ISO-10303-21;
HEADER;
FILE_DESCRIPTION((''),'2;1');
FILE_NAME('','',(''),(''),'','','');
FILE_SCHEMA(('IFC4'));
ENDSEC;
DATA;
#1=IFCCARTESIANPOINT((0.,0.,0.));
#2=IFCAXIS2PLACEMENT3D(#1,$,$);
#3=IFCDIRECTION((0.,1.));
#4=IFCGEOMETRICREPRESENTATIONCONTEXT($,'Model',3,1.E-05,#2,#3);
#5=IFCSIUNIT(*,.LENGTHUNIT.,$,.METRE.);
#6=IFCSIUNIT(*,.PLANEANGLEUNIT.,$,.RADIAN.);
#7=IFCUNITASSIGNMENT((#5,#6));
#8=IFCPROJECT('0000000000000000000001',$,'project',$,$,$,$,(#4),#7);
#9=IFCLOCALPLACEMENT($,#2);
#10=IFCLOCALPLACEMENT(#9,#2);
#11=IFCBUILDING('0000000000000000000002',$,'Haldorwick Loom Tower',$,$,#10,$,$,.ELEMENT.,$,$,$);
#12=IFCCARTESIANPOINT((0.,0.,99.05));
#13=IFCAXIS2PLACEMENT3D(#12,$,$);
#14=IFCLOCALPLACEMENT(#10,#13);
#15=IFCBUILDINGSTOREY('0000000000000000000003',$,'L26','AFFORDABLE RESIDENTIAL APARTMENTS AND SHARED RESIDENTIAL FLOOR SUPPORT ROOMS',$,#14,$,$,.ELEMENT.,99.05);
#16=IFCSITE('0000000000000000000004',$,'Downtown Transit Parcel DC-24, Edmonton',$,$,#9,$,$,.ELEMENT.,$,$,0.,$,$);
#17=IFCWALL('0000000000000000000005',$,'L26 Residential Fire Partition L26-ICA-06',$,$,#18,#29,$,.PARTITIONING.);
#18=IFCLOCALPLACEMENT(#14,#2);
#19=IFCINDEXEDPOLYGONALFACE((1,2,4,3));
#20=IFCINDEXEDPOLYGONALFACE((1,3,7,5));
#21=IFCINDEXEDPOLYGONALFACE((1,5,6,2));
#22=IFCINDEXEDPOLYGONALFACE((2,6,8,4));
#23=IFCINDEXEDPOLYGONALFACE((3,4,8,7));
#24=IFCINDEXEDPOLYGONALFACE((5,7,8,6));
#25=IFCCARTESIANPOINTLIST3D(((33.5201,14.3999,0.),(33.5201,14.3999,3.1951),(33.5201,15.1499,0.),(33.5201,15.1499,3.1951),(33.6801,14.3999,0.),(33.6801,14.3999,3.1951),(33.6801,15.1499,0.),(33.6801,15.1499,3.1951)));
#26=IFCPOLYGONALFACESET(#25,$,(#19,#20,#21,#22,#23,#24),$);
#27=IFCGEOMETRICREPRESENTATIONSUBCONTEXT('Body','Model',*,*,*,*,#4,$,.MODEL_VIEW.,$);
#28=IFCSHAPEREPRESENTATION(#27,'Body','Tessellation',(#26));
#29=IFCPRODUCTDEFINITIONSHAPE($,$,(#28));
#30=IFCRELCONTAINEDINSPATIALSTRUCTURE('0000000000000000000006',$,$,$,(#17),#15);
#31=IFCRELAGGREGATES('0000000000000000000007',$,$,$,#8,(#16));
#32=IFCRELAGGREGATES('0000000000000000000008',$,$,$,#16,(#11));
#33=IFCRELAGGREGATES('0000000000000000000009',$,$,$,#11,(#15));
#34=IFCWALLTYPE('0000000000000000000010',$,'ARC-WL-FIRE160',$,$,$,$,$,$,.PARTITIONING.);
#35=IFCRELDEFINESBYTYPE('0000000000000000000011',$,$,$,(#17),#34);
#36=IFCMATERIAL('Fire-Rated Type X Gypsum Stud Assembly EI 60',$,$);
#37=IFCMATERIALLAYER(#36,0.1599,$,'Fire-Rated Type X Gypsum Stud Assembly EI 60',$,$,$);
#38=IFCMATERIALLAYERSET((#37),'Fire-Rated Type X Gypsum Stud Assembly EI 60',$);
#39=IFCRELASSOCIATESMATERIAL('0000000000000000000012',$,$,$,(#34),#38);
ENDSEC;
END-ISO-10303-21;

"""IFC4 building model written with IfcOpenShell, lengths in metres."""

from ifc_helpers import new_model, si_unit, direction, frame, frame_2d, origin, place, context, subcontext, project, spatial, rectangle, extrude, material, layer, layer_set, type_object, element, save


model = new_model("IFC4")

# Units and contexts
model_context = context("Model", 3, precision=1e-05, world=origin(), true_north=direction((0.0, 1.0)))
body_context = subcontext(model_context, "Body", "Model", "MODEL_VIEW")
ifc_project = project(units=[si_unit("LENGTHUNIT", "METRE"), si_unit("PLANEANGLEUNIT", "RADIAN")], contexts=[model_context])

# Site, building, storey
site_placement = place(None, origin())
site = spatial("IfcSite", under=ifc_project, at=site_placement, Name="Downtown Transit Parcel DC-24, Edmonton", CompositionType="ELEMENT", RefElevation=0.0)
building_placement = place(site_placement, origin())
building = spatial("IfcBuilding", under=site, at=building_placement, Name="Haldorwick Loom Tower", CompositionType="ELEMENT")
storey_placement = place(building_placement, frame((0.0, 0.0, 99.05)))
storey = spatial("IfcBuildingStorey", under=building, at=storey_placement, Name="L26", Description="AFFORDABLE RESIDENTIAL APARTMENTS AND SHARED RESIDENTIAL FLOOR SUPPORT ROOMS", CompositionType="ELEMENT", Elevation=99.05)

# Wall
ifc_material_1 = material(Name="Fire-Rated Type X Gypsum Stud Assembly EI 60")
ifc_layer_1 = layer(ifc_material_1, 0.1599, Name="Fire-Rated Type X Gypsum Stud Assembly EI 60")
ifc_layer_set_1 = layer_set([ifc_layer_1], Name="Fire-Rated Type X Gypsum Stud Assembly EI 60")
wall_type = type_object("IfcWallType", Name="ARC-WL-FIRE160", PredefinedType="PARTITIONING", material=ifc_layer_set_1)
wall_1_placement = place(storey_placement, frame((33.6001, 15.1499, 0.0), z_axis=(0.0, 0.0, 1.0), x_axis=(0.0, -1.0, 0.0)))
element("IfcWall", 1, at=wall_1_placement, inside=storey, type_object=wall_type, Name="L26 Residential Fire Partition L26-ICA-06", PredefinedType="PARTITIONING", context=body_context, shape_type="SweptSolid", body=[
    extrude(rectangle(XDim=0.75, YDim=0.1599, at=frame_2d((0.375, 0.0))), origin(), (0.0, 0.0, 1.0), 3.1951),
])

save(model, "model.ifc")
